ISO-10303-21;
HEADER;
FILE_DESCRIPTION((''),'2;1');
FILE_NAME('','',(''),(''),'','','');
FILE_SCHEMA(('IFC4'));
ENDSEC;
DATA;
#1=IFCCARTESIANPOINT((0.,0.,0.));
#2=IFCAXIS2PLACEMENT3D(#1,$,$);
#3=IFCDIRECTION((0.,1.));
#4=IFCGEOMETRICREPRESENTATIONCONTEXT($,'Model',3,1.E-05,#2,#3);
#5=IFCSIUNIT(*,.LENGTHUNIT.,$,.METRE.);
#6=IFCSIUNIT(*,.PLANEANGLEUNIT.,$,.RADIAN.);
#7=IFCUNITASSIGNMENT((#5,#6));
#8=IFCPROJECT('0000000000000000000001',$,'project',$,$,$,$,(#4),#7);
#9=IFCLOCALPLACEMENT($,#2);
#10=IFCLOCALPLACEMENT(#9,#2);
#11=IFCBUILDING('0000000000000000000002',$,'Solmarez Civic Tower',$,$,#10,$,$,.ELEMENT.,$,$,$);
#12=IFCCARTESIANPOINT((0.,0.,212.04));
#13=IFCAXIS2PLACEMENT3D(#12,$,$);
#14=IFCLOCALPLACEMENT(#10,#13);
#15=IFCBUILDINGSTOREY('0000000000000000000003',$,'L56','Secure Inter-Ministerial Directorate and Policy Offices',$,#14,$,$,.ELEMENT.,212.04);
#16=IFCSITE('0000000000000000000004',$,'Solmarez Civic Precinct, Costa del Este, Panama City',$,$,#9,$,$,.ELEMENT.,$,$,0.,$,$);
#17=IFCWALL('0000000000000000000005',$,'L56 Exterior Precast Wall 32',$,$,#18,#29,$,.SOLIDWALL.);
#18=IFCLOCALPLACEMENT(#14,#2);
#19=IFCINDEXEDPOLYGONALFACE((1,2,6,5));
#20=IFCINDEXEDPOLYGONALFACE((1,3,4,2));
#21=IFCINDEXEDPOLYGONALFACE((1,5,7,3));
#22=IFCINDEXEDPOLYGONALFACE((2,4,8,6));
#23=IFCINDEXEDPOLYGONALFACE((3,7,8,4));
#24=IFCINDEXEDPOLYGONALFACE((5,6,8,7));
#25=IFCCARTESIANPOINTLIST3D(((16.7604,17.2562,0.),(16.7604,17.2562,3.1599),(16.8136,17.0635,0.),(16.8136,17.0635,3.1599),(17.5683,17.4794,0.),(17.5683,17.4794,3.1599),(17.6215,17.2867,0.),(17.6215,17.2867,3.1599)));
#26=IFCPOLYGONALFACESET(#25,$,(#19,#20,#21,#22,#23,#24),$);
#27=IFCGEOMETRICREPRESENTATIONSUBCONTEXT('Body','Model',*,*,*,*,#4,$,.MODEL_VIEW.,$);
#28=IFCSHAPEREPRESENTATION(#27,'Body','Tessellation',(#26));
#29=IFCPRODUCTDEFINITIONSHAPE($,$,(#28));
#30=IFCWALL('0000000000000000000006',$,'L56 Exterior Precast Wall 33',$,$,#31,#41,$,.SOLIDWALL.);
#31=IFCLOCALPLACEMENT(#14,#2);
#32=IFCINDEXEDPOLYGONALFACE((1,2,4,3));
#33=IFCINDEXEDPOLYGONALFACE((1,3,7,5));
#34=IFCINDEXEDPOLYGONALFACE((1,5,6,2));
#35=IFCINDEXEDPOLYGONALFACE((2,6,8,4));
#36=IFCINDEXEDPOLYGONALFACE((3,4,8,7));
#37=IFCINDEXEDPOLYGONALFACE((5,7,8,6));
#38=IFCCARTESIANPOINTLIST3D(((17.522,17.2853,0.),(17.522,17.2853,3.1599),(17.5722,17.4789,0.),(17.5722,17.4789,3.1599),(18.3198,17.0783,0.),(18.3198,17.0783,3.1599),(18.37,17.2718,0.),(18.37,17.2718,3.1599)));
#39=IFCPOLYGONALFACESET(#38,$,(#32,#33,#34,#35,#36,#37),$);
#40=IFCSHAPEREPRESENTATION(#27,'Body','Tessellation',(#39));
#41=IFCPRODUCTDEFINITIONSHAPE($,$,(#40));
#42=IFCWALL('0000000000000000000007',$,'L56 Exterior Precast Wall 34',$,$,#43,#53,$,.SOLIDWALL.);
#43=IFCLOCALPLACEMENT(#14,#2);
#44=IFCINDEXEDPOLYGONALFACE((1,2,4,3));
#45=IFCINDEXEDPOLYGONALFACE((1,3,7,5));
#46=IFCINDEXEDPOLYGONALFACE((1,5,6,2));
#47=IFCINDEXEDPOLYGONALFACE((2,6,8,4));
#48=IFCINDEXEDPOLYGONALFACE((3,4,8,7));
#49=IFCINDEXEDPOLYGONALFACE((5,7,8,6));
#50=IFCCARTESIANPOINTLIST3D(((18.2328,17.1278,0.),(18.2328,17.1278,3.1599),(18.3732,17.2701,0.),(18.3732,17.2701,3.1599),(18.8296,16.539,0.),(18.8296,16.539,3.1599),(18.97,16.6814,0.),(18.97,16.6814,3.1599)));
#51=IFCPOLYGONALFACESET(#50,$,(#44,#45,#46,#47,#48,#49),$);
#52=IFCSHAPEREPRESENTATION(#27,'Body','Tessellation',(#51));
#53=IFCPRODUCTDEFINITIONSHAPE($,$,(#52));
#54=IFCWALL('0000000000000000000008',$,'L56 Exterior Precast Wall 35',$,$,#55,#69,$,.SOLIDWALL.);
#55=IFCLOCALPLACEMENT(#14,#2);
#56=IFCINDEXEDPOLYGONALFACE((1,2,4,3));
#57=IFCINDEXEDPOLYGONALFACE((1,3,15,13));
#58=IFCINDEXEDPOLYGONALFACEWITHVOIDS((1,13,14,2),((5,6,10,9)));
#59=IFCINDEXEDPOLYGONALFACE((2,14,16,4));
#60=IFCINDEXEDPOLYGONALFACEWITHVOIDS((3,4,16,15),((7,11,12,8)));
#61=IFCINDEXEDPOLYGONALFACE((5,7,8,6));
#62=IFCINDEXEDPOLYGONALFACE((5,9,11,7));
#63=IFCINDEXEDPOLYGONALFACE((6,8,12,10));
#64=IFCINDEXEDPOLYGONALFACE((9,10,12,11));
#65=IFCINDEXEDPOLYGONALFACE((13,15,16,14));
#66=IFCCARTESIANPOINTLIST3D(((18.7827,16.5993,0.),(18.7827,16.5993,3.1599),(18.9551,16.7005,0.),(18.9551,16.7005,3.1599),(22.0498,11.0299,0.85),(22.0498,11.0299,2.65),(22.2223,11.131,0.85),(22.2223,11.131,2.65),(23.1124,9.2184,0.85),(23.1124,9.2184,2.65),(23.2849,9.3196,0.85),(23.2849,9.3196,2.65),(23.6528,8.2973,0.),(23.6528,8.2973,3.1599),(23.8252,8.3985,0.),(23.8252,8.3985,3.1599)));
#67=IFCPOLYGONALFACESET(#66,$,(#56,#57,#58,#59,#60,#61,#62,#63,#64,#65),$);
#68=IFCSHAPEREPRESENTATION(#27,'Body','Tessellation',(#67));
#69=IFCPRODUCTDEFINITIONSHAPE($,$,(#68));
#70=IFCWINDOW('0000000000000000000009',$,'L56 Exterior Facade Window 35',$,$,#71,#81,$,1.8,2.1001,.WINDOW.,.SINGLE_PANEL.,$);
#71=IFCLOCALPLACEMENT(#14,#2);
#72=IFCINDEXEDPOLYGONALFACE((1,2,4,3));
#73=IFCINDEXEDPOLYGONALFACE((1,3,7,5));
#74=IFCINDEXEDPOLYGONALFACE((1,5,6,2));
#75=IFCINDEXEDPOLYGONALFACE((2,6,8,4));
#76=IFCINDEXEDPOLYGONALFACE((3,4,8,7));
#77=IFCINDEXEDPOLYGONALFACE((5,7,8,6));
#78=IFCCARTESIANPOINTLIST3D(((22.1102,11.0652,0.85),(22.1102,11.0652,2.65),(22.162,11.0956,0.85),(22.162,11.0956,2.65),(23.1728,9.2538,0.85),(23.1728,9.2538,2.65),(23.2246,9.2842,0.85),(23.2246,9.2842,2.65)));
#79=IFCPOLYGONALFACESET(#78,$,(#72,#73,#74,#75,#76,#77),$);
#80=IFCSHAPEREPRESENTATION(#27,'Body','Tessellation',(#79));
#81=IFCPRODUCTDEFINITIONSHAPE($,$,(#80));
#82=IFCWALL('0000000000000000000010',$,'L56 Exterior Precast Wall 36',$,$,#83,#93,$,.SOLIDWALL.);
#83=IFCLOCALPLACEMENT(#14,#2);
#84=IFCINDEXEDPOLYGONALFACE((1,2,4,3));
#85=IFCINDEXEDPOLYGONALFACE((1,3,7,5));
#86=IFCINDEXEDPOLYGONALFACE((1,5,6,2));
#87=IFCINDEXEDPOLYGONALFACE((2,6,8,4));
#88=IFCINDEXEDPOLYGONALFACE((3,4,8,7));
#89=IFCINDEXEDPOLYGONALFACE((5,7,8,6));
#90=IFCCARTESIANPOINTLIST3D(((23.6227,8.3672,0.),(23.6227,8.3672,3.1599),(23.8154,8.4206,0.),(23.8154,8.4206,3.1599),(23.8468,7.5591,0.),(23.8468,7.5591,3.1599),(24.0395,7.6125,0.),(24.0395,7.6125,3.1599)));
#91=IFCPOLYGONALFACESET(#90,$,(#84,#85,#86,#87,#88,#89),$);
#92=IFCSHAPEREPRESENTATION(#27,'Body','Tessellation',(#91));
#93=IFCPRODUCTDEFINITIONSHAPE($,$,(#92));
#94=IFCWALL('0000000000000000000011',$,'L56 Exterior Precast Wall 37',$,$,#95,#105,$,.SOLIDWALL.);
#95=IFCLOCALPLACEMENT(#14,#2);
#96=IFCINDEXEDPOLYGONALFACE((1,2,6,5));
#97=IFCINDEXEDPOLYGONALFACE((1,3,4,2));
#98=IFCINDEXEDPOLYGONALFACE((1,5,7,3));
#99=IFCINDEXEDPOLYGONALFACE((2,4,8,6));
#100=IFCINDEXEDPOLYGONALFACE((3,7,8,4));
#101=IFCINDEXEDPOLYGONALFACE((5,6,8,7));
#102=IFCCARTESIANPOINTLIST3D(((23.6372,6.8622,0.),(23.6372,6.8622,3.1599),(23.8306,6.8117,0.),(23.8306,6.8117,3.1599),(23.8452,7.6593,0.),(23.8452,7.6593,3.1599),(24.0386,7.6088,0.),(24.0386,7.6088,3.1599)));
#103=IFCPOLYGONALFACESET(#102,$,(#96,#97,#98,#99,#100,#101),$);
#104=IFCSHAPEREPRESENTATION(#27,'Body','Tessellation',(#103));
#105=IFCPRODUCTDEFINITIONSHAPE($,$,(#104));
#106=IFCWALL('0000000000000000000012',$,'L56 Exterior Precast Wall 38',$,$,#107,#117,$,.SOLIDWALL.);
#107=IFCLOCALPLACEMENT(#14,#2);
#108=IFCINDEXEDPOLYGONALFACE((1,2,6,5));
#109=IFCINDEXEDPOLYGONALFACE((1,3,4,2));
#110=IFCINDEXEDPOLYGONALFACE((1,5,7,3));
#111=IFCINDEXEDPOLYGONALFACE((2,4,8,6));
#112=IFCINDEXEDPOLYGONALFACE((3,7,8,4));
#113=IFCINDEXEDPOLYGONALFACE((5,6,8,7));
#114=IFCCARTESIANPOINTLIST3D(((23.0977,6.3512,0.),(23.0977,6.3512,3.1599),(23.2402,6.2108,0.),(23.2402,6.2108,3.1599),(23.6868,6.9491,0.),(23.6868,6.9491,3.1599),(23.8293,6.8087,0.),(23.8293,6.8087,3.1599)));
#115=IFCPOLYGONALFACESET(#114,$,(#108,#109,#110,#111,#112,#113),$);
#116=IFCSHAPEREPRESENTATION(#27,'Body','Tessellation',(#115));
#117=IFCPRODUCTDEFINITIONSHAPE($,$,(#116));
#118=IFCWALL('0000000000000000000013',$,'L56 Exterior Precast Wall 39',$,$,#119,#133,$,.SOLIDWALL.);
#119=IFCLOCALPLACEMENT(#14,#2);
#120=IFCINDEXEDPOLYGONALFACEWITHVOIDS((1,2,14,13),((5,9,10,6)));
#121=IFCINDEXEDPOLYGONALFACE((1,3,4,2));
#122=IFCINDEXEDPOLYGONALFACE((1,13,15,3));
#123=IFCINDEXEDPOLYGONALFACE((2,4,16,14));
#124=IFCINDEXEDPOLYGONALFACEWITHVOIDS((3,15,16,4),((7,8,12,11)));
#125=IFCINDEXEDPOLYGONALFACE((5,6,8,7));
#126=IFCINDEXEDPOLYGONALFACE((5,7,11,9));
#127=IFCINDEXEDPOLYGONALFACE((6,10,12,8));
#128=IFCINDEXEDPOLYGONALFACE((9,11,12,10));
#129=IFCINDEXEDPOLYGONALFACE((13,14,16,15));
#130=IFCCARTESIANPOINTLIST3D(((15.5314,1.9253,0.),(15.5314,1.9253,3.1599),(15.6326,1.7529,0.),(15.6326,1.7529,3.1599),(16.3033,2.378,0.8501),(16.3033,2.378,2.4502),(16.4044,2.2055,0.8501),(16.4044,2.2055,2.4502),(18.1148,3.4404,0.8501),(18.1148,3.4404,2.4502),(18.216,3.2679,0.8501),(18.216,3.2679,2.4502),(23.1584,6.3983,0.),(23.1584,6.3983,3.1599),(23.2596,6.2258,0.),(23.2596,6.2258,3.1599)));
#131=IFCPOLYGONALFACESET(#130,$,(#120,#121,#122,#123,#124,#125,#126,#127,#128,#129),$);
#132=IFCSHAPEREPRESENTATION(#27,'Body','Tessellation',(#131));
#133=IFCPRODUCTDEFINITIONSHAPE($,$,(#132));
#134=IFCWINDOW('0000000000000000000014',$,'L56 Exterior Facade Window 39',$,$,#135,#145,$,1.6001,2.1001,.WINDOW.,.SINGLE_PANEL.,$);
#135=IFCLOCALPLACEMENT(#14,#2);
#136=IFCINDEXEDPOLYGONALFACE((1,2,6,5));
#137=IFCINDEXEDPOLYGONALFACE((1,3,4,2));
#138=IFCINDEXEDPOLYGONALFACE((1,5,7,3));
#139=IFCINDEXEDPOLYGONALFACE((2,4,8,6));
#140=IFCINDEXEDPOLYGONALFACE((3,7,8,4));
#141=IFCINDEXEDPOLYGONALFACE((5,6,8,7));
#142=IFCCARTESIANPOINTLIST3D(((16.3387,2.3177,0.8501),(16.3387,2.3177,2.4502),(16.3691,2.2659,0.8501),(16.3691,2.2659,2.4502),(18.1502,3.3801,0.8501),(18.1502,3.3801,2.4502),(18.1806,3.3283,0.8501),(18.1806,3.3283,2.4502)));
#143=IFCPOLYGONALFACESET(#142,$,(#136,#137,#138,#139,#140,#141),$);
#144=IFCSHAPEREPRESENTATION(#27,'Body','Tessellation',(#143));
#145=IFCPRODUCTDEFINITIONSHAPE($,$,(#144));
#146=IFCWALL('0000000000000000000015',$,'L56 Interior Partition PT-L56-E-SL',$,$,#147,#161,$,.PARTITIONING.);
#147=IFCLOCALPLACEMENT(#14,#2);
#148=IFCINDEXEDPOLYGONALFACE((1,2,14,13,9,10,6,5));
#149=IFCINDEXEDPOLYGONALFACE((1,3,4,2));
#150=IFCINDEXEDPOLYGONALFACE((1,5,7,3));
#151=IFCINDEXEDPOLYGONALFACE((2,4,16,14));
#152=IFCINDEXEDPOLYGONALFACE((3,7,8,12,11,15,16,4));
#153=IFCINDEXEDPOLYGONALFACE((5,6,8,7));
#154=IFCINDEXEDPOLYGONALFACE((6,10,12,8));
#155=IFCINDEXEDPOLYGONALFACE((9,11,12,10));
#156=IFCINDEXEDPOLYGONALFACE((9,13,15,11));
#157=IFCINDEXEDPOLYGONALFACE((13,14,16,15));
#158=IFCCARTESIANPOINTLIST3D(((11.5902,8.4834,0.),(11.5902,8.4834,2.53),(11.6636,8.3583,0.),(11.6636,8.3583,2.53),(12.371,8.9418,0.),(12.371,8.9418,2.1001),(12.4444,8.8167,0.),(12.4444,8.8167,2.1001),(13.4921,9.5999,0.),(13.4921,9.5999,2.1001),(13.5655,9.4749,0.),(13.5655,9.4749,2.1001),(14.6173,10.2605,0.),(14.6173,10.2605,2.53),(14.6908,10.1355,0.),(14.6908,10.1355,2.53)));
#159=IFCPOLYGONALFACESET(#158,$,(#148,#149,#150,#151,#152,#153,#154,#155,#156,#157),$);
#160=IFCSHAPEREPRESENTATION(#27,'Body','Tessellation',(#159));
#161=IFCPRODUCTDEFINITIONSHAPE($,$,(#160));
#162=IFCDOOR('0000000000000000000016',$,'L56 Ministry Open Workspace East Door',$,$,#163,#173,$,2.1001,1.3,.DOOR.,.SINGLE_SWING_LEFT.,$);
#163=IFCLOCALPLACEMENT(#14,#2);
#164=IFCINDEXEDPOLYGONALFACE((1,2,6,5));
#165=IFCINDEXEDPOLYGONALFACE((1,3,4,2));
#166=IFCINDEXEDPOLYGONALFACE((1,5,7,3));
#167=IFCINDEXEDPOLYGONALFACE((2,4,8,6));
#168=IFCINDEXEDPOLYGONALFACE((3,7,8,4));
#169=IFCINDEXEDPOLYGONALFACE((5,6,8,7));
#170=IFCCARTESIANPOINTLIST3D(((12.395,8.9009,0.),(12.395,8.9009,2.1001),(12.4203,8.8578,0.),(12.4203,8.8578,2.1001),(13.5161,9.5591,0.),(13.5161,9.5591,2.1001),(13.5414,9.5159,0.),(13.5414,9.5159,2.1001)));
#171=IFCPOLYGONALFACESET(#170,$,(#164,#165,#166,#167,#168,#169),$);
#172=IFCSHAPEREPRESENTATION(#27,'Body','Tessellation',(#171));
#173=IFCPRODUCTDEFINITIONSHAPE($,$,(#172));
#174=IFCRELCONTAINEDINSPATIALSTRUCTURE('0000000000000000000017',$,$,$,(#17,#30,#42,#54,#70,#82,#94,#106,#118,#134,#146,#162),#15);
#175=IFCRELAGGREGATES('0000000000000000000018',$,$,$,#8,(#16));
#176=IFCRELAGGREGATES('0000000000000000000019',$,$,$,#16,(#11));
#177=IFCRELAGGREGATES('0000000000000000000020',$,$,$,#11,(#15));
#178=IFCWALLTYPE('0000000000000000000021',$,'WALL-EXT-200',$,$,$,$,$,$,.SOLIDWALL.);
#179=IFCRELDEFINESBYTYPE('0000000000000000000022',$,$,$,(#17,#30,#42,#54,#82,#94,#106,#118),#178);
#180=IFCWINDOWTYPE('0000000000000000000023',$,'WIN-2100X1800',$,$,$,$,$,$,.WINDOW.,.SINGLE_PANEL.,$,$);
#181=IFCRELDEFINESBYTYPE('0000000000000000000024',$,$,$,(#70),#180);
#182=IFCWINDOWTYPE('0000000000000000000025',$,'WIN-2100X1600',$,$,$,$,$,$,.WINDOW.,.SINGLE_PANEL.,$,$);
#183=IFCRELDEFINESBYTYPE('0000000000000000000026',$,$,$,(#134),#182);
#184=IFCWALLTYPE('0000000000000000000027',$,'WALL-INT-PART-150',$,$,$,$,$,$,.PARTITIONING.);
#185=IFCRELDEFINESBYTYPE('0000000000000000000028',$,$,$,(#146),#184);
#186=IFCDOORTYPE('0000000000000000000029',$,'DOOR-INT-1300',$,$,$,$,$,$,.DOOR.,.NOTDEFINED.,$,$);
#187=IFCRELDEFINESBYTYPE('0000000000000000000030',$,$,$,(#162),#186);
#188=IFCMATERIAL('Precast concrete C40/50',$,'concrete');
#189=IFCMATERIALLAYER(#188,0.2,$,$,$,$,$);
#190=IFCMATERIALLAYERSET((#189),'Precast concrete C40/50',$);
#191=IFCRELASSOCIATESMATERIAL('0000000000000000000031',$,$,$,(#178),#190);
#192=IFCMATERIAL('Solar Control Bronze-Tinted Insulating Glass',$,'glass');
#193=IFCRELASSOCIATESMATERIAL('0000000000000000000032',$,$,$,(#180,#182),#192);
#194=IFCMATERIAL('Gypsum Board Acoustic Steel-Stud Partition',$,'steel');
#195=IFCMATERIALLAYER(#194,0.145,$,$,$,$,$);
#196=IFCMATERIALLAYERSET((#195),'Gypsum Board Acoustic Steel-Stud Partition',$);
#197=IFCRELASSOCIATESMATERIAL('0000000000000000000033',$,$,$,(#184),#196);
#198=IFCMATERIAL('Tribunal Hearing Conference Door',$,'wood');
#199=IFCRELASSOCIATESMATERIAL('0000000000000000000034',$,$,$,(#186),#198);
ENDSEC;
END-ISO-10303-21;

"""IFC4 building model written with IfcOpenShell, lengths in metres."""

from ifc_helpers import new_model, si_unit, direction, frame, frame_2d, origin, place, context, subcontext, project, spatial, rectangle, extrude, material, layer, layer_set, type_object, element, fill, save


model = new_model("IFC4")

# Units and contexts
model_context = context("Model", 3, precision=1e-05, world=origin(), true_north=direction((0.0, 1.0)))
body_context = subcontext(model_context, "Body", "Model", "MODEL_VIEW")
ifc_project = project(units=[si_unit("LENGTHUNIT", "METRE"), si_unit("PLANEANGLEUNIT", "RADIAN")], contexts=[model_context])

# Site, building, storey
site_placement = place(None, origin())
site = spatial("IfcSite", under=ifc_project, at=site_placement, Name="Solmarez Civic Precinct, Costa del Este, Panama City", CompositionType="ELEMENT", RefElevation=0.0)
building_placement = place(site_placement, origin())
building = spatial("IfcBuilding", under=site, at=building_placement, Name="Solmarez Civic Tower", CompositionType="ELEMENT")
storey_placement = place(building_placement, frame((0.0, 0.0, 212.04)))
storey = spatial("IfcBuildingStorey", under=building, at=storey_placement, Name="L56", Description="Secure Inter-Ministerial Directorate and Policy Offices", CompositionType="ELEMENT", Elevation=212.04)

# Walls
ifc_material_1 = material(Name="Precast concrete C40/50", Category="concrete")
ifc_layer_1 = layer(ifc_material_1, 0.2)
ifc_layer_set_1 = layer_set([ifc_layer_1], Name="Precast concrete C40/50")
wall_type_1 = type_object("IfcWallType", Name="WALL-EXT-200", PredefinedType="SOLIDWALL", material=ifc_layer_set_1)
wall_1_placement = place(storey_placement, frame((16.7871, 17.1599, 0.0), z_axis=(0.0, 0.0, 1.0), x_axis=(0.963905, 0.266246, 0.0)))
element("IfcWall", 1, at=wall_1_placement, inside=storey, type_object=wall_type_1, Name="L56 Exterior Precast Wall 32", PredefinedType="SOLIDWALL", context=body_context, shape_type="SweptSolid", body=[
    extrude(rectangle(XDim=0.8381, YDim=0.2, at=frame_2d((0.4189, 0.0))), origin(), (0.0, 0.0, 1.0), 3.1599),
])
wall_2_placement = place(storey_placement, frame((17.5471, 17.3821, 0.0), z_axis=(0.0, 0.0, 1.0), x_axis=(0.967944, -0.251168, 0.0)))
element("IfcWall", 2, at=wall_2_placement, inside=storey, type_object=wall_type_1, Name="L56 Exterior Precast Wall 33", PredefinedType="SOLIDWALL", context=body_context, shape_type="SweptSolid", body=[
    extrude(rectangle(XDim=0.8242, YDim=0.2, at=frame_2d((0.4121, 0.0))), origin(), (0.0, 0.0, 1.0), 3.1599),
])
wall_3_placement = place(storey_placement, frame((18.303, 17.199, 0.0), z_axis=(0.0, 0.0, 1.0), x_axis=(0.711895, -0.702286, 0.0)))
element("IfcWall", 3, at=wall_3_placement, inside=storey, type_object=wall_type_1, Name="L56 Exterior Precast Wall 34", PredefinedType="SOLIDWALL", context=body_context, shape_type="SweptSolid", body=[
    extrude(rectangle(XDim=0.8384, YDim=0.2, at=frame_2d((0.4192, 0.0))), origin(), (0.0, 0.0, 1.0), 3.1599),
])

# Wall, opening, window
wall_4_placement = place(storey_placement, frame((18.8689, 16.6499, 0.0), z_axis=(0.0, 0.0, 1.0), x_axis=(0.505984, -0.862543, 0.0)))
wall_4 = element("IfcWall", 4, at=wall_4_placement, inside=storey, type_object=wall_type_1, Name="L56 Exterior Precast Wall 35", PredefinedType="SOLIDWALL", context=body_context, shape_type="SweptSolid", body=[
    extrude(rectangle(XDim=9.625, YDim=0.2, at=frame_2d((4.8125, 0.0))), origin(), (0.0, 0.0, 1.0), 3.1599),
])
opening_1_placement = place(wall_4_placement, frame((6.457, 0.0, 0.8501)))
opening_1 = element("IfcOpeningElement", 5, at=opening_1_placement, cuts=wall_4, PredefinedType="OPENING", context=body_context, shape_type="SweptSolid", body=[
    extrude(rectangle(XDim=2.1001, YDim=1.8, at=frame_2d((1.05, 0.8999))), frame((0.0, 0.1099, 0.0), z_axis=(0.0, -1.0, 0.0), x_axis=(1.0, 0.0, 0.0)), (0.0, 0.0, 1.0), 0.22),
])
ifc_material_2 = material(Name="Solar Control Bronze-Tinted Insulating Glass", Category="glass")
window_type_1 = type_object("IfcWindowType", Name="WIN-2100X1800", PartitioningType="SINGLE_PANEL", PredefinedType="WINDOW", material=ifc_material_2)
window_1_placement = place(opening_1_placement, origin())
window_1 = element("IfcWindow", 6, at=window_1_placement, inside=storey, type_object=window_type_1, Name="L56 Exterior Facade Window 35", OverallHeight=1.8, OverallWidth=2.1001, PartitioningType="SINGLE_PANEL", PredefinedType="WINDOW", context=body_context, shape_type="SweptSolid", body=[
    extrude(rectangle(XDim=2.1001, YDim=1.8, at=frame_2d((1.05, 0.8999))), frame((0.0, 0.03, 0.0), z_axis=(0.0, -1.0, 0.0), x_axis=(1.0, 0.0, 0.0)), (0.0, 0.0, 1.0), 0.0601),
])
fill(opening_1, window_1)

# Walls
wall_5_placement = place(storey_placement, frame((23.719, 8.394, 0.0), z_axis=(0.0, 0.0, 1.0), x_axis=(0.267253, -0.963626, 0.0)))
element("IfcWall", 7, at=wall_5_placement, inside=storey, type_object=wall_type_1, Name="L56 Exterior Precast Wall 36", PredefinedType="SOLIDWALL", context=body_context, shape_type="SweptSolid", body=[
    extrude(rectangle(XDim=0.8386, YDim=0.2, at=frame_2d((0.4194, 0.0))), origin(), (0.0, 0.0, 1.0), 3.1599),
])
wall_6_placement = place(storey_placement, frame((23.9419, 7.634, 0.0), z_axis=(0.0, 0.0, 1.0), x_axis=(-0.252494, -0.967598, 0.0)))
element("IfcWall", 8, at=wall_6_placement, inside=storey, type_object=wall_type_1, Name="L56 Exterior Precast Wall 37", PredefinedType="SOLIDWALL", context=body_context, shape_type="SweptSolid", body=[
    extrude(rectangle(XDim=0.8237, YDim=0.2, at=frame_2d((0.4119, 0.0))), origin(), (0.0, 0.0, 1.0), 3.1599),
])
wall_7_placement = place(storey_placement, frame((23.7581, 6.8789, 0.0), z_axis=(0.0, 0.0, 1.0), x_axis=(-0.701852, -0.712323, 0.0)))
element("IfcWall", 9, at=wall_7_placement, inside=storey, type_object=wall_type_1, Name="L56 Exterior Precast Wall 38", PredefinedType="SOLIDWALL", context=body_context, shape_type="SweptSolid", body=[
    extrude(rectangle(XDim=0.8394, YDim=0.2, at=frame_2d((0.4197, 0.0))), origin(), (0.0, 0.0, 1.0), 3.1599),
])

# Wall, opening, window
wall_8_placement = place(storey_placement, frame((23.209, 6.312, 0.0), z_axis=(0.0, 0.0, 1.0), x_axis=(-0.862603, -0.505882, 0.0)))
wall_8 = element("IfcWall", 10, at=wall_8_placement, inside=storey, type_object=wall_type_1, Name="L56 Exterior Precast Wall 39", PredefinedType="SOLIDWALL", context=body_context, shape_type="SweptSolid", body=[
    extrude(rectangle(XDim=8.8418, YDim=0.2, at=frame_2d((4.4209, 0.0))), origin(), (0.0, 0.0, 1.0), 3.1599),
])
opening_2_placement = place(wall_8_placement, frame((5.8469, 0.0, 0.8501)))
opening_2 = element("IfcOpeningElement", 11, at=opening_2_placement, cuts=wall_8, PredefinedType="OPENING", context=body_context, shape_type="SweptSolid", body=[
    extrude(rectangle(XDim=2.1001, YDim=1.6001, at=frame_2d((1.05, 0.8))), frame((0.0, 0.1099, 0.0), z_axis=(0.0, -1.0, 0.0), x_axis=(1.0, 0.0, 0.0)), (0.0, 0.0, 1.0), 0.22),
])
window_type_2 = type_object("IfcWindowType", Name="WIN-2100X1600", PartitioningType="SINGLE_PANEL", PredefinedType="WINDOW", material=ifc_material_2)
window_2_placement = place(opening_2_placement, origin())
window_2 = element("IfcWindow", 12, at=window_2_placement, inside=storey, type_object=window_type_2, Name="L56 Exterior Facade Window 39", OverallHeight=1.6001, OverallWidth=2.1001, PartitioningType="SINGLE_PANEL", PredefinedType="WINDOW", context=body_context, shape_type="SweptSolid", body=[
    extrude(rectangle(XDim=2.1001, YDim=1.6001, at=frame_2d((1.05, 0.8))), frame((0.0, 0.03, 0.0), z_axis=(0.0, -1.0, 0.0), x_axis=(1.0, 0.0, 0.0)), (0.0, 0.0, 1.0), 0.0601),
])
fill(opening_2, window_2)

# Wall, opening, door
ifc_material_3 = material(Name="Gypsum Board Acoustic Steel-Stud Partition", Category="steel")
ifc_layer_2 = layer(ifc_material_3, 0.145)
ifc_layer_set_2 = layer_set([ifc_layer_2], Name="Gypsum Board Acoustic Steel-Stud Partition")
wall_type_2 = type_object("IfcWallType", Name="WALL-INT-PART-150", PredefinedType="PARTITIONING", material=ifc_layer_set_2)
wall_9_placement = place(storey_placement, frame((14.6541, 10.198, 0.0), z_axis=(0.0, 0.0, 1.0), x_axis=(-0.862376, -0.506269, 0.0)))
wall_9 = element("IfcWall", 13, at=wall_9_placement, inside=storey, type_object=wall_type_2, Name="L56 Interior Partition PT-L56-E-SL", PredefinedType="PARTITIONING", context=body_context, shape_type="SweptSolid", body=[
    extrude(rectangle(XDim=3.5103, YDim=0.145, at=frame_2d((1.7551, 0.0))), origin(), (0.0, 0.0, 1.0), 2.53),
])
opening_3_placement = place(wall_9_placement, frame((1.3049, 0.0, 0.0)))
opening_3 = element("IfcOpeningElement", 14, at=opening_3_placement, cuts=wall_9, PredefinedType="OPENING", context=body_context, shape_type="SweptSolid", body=[
    extrude(rectangle(XDim=1.3, YDim=2.1001, at=frame_2d((0.6499, 1.05))), frame((0.0, 0.0825, 0.0), z_axis=(0.0, -1.0, 0.0), x_axis=(1.0, 0.0, 0.0)), (0.0, 0.0, 1.0), 0.165),
])
ifc_material_4 = material(Name="Tribunal Hearing Conference Door", Category="wood")
door_type_1 = type_object("IfcDoorType", Name="DOOR-INT-1300", OperationType="NOTDEFINED", PredefinedType="DOOR", material=ifc_material_4)
door_1_placement = place(opening_3_placement, origin())
door_1 = element("IfcDoor", 15, at=door_1_placement, inside=storey, type_object=door_type_1, Name="L56 Ministry Open Workspace East Door", OperationType="SINGLE_SWING_LEFT", OverallHeight=2.1001, OverallWidth=1.3, PredefinedType="DOOR", context=body_context, shape_type="SweptSolid", body=[
    extrude(rectangle(XDim=1.3, YDim=2.1001, at=frame_2d((0.6499, 1.05))), frame((0.0, 0.0249, 0.0), z_axis=(0.0, -1.0, 0.0), x_axis=(1.0, 0.0, 0.0)), (0.0, 0.0, 1.0), 0.05),
])
fill(opening_3, door_1)

save(model, "model.ifc")
